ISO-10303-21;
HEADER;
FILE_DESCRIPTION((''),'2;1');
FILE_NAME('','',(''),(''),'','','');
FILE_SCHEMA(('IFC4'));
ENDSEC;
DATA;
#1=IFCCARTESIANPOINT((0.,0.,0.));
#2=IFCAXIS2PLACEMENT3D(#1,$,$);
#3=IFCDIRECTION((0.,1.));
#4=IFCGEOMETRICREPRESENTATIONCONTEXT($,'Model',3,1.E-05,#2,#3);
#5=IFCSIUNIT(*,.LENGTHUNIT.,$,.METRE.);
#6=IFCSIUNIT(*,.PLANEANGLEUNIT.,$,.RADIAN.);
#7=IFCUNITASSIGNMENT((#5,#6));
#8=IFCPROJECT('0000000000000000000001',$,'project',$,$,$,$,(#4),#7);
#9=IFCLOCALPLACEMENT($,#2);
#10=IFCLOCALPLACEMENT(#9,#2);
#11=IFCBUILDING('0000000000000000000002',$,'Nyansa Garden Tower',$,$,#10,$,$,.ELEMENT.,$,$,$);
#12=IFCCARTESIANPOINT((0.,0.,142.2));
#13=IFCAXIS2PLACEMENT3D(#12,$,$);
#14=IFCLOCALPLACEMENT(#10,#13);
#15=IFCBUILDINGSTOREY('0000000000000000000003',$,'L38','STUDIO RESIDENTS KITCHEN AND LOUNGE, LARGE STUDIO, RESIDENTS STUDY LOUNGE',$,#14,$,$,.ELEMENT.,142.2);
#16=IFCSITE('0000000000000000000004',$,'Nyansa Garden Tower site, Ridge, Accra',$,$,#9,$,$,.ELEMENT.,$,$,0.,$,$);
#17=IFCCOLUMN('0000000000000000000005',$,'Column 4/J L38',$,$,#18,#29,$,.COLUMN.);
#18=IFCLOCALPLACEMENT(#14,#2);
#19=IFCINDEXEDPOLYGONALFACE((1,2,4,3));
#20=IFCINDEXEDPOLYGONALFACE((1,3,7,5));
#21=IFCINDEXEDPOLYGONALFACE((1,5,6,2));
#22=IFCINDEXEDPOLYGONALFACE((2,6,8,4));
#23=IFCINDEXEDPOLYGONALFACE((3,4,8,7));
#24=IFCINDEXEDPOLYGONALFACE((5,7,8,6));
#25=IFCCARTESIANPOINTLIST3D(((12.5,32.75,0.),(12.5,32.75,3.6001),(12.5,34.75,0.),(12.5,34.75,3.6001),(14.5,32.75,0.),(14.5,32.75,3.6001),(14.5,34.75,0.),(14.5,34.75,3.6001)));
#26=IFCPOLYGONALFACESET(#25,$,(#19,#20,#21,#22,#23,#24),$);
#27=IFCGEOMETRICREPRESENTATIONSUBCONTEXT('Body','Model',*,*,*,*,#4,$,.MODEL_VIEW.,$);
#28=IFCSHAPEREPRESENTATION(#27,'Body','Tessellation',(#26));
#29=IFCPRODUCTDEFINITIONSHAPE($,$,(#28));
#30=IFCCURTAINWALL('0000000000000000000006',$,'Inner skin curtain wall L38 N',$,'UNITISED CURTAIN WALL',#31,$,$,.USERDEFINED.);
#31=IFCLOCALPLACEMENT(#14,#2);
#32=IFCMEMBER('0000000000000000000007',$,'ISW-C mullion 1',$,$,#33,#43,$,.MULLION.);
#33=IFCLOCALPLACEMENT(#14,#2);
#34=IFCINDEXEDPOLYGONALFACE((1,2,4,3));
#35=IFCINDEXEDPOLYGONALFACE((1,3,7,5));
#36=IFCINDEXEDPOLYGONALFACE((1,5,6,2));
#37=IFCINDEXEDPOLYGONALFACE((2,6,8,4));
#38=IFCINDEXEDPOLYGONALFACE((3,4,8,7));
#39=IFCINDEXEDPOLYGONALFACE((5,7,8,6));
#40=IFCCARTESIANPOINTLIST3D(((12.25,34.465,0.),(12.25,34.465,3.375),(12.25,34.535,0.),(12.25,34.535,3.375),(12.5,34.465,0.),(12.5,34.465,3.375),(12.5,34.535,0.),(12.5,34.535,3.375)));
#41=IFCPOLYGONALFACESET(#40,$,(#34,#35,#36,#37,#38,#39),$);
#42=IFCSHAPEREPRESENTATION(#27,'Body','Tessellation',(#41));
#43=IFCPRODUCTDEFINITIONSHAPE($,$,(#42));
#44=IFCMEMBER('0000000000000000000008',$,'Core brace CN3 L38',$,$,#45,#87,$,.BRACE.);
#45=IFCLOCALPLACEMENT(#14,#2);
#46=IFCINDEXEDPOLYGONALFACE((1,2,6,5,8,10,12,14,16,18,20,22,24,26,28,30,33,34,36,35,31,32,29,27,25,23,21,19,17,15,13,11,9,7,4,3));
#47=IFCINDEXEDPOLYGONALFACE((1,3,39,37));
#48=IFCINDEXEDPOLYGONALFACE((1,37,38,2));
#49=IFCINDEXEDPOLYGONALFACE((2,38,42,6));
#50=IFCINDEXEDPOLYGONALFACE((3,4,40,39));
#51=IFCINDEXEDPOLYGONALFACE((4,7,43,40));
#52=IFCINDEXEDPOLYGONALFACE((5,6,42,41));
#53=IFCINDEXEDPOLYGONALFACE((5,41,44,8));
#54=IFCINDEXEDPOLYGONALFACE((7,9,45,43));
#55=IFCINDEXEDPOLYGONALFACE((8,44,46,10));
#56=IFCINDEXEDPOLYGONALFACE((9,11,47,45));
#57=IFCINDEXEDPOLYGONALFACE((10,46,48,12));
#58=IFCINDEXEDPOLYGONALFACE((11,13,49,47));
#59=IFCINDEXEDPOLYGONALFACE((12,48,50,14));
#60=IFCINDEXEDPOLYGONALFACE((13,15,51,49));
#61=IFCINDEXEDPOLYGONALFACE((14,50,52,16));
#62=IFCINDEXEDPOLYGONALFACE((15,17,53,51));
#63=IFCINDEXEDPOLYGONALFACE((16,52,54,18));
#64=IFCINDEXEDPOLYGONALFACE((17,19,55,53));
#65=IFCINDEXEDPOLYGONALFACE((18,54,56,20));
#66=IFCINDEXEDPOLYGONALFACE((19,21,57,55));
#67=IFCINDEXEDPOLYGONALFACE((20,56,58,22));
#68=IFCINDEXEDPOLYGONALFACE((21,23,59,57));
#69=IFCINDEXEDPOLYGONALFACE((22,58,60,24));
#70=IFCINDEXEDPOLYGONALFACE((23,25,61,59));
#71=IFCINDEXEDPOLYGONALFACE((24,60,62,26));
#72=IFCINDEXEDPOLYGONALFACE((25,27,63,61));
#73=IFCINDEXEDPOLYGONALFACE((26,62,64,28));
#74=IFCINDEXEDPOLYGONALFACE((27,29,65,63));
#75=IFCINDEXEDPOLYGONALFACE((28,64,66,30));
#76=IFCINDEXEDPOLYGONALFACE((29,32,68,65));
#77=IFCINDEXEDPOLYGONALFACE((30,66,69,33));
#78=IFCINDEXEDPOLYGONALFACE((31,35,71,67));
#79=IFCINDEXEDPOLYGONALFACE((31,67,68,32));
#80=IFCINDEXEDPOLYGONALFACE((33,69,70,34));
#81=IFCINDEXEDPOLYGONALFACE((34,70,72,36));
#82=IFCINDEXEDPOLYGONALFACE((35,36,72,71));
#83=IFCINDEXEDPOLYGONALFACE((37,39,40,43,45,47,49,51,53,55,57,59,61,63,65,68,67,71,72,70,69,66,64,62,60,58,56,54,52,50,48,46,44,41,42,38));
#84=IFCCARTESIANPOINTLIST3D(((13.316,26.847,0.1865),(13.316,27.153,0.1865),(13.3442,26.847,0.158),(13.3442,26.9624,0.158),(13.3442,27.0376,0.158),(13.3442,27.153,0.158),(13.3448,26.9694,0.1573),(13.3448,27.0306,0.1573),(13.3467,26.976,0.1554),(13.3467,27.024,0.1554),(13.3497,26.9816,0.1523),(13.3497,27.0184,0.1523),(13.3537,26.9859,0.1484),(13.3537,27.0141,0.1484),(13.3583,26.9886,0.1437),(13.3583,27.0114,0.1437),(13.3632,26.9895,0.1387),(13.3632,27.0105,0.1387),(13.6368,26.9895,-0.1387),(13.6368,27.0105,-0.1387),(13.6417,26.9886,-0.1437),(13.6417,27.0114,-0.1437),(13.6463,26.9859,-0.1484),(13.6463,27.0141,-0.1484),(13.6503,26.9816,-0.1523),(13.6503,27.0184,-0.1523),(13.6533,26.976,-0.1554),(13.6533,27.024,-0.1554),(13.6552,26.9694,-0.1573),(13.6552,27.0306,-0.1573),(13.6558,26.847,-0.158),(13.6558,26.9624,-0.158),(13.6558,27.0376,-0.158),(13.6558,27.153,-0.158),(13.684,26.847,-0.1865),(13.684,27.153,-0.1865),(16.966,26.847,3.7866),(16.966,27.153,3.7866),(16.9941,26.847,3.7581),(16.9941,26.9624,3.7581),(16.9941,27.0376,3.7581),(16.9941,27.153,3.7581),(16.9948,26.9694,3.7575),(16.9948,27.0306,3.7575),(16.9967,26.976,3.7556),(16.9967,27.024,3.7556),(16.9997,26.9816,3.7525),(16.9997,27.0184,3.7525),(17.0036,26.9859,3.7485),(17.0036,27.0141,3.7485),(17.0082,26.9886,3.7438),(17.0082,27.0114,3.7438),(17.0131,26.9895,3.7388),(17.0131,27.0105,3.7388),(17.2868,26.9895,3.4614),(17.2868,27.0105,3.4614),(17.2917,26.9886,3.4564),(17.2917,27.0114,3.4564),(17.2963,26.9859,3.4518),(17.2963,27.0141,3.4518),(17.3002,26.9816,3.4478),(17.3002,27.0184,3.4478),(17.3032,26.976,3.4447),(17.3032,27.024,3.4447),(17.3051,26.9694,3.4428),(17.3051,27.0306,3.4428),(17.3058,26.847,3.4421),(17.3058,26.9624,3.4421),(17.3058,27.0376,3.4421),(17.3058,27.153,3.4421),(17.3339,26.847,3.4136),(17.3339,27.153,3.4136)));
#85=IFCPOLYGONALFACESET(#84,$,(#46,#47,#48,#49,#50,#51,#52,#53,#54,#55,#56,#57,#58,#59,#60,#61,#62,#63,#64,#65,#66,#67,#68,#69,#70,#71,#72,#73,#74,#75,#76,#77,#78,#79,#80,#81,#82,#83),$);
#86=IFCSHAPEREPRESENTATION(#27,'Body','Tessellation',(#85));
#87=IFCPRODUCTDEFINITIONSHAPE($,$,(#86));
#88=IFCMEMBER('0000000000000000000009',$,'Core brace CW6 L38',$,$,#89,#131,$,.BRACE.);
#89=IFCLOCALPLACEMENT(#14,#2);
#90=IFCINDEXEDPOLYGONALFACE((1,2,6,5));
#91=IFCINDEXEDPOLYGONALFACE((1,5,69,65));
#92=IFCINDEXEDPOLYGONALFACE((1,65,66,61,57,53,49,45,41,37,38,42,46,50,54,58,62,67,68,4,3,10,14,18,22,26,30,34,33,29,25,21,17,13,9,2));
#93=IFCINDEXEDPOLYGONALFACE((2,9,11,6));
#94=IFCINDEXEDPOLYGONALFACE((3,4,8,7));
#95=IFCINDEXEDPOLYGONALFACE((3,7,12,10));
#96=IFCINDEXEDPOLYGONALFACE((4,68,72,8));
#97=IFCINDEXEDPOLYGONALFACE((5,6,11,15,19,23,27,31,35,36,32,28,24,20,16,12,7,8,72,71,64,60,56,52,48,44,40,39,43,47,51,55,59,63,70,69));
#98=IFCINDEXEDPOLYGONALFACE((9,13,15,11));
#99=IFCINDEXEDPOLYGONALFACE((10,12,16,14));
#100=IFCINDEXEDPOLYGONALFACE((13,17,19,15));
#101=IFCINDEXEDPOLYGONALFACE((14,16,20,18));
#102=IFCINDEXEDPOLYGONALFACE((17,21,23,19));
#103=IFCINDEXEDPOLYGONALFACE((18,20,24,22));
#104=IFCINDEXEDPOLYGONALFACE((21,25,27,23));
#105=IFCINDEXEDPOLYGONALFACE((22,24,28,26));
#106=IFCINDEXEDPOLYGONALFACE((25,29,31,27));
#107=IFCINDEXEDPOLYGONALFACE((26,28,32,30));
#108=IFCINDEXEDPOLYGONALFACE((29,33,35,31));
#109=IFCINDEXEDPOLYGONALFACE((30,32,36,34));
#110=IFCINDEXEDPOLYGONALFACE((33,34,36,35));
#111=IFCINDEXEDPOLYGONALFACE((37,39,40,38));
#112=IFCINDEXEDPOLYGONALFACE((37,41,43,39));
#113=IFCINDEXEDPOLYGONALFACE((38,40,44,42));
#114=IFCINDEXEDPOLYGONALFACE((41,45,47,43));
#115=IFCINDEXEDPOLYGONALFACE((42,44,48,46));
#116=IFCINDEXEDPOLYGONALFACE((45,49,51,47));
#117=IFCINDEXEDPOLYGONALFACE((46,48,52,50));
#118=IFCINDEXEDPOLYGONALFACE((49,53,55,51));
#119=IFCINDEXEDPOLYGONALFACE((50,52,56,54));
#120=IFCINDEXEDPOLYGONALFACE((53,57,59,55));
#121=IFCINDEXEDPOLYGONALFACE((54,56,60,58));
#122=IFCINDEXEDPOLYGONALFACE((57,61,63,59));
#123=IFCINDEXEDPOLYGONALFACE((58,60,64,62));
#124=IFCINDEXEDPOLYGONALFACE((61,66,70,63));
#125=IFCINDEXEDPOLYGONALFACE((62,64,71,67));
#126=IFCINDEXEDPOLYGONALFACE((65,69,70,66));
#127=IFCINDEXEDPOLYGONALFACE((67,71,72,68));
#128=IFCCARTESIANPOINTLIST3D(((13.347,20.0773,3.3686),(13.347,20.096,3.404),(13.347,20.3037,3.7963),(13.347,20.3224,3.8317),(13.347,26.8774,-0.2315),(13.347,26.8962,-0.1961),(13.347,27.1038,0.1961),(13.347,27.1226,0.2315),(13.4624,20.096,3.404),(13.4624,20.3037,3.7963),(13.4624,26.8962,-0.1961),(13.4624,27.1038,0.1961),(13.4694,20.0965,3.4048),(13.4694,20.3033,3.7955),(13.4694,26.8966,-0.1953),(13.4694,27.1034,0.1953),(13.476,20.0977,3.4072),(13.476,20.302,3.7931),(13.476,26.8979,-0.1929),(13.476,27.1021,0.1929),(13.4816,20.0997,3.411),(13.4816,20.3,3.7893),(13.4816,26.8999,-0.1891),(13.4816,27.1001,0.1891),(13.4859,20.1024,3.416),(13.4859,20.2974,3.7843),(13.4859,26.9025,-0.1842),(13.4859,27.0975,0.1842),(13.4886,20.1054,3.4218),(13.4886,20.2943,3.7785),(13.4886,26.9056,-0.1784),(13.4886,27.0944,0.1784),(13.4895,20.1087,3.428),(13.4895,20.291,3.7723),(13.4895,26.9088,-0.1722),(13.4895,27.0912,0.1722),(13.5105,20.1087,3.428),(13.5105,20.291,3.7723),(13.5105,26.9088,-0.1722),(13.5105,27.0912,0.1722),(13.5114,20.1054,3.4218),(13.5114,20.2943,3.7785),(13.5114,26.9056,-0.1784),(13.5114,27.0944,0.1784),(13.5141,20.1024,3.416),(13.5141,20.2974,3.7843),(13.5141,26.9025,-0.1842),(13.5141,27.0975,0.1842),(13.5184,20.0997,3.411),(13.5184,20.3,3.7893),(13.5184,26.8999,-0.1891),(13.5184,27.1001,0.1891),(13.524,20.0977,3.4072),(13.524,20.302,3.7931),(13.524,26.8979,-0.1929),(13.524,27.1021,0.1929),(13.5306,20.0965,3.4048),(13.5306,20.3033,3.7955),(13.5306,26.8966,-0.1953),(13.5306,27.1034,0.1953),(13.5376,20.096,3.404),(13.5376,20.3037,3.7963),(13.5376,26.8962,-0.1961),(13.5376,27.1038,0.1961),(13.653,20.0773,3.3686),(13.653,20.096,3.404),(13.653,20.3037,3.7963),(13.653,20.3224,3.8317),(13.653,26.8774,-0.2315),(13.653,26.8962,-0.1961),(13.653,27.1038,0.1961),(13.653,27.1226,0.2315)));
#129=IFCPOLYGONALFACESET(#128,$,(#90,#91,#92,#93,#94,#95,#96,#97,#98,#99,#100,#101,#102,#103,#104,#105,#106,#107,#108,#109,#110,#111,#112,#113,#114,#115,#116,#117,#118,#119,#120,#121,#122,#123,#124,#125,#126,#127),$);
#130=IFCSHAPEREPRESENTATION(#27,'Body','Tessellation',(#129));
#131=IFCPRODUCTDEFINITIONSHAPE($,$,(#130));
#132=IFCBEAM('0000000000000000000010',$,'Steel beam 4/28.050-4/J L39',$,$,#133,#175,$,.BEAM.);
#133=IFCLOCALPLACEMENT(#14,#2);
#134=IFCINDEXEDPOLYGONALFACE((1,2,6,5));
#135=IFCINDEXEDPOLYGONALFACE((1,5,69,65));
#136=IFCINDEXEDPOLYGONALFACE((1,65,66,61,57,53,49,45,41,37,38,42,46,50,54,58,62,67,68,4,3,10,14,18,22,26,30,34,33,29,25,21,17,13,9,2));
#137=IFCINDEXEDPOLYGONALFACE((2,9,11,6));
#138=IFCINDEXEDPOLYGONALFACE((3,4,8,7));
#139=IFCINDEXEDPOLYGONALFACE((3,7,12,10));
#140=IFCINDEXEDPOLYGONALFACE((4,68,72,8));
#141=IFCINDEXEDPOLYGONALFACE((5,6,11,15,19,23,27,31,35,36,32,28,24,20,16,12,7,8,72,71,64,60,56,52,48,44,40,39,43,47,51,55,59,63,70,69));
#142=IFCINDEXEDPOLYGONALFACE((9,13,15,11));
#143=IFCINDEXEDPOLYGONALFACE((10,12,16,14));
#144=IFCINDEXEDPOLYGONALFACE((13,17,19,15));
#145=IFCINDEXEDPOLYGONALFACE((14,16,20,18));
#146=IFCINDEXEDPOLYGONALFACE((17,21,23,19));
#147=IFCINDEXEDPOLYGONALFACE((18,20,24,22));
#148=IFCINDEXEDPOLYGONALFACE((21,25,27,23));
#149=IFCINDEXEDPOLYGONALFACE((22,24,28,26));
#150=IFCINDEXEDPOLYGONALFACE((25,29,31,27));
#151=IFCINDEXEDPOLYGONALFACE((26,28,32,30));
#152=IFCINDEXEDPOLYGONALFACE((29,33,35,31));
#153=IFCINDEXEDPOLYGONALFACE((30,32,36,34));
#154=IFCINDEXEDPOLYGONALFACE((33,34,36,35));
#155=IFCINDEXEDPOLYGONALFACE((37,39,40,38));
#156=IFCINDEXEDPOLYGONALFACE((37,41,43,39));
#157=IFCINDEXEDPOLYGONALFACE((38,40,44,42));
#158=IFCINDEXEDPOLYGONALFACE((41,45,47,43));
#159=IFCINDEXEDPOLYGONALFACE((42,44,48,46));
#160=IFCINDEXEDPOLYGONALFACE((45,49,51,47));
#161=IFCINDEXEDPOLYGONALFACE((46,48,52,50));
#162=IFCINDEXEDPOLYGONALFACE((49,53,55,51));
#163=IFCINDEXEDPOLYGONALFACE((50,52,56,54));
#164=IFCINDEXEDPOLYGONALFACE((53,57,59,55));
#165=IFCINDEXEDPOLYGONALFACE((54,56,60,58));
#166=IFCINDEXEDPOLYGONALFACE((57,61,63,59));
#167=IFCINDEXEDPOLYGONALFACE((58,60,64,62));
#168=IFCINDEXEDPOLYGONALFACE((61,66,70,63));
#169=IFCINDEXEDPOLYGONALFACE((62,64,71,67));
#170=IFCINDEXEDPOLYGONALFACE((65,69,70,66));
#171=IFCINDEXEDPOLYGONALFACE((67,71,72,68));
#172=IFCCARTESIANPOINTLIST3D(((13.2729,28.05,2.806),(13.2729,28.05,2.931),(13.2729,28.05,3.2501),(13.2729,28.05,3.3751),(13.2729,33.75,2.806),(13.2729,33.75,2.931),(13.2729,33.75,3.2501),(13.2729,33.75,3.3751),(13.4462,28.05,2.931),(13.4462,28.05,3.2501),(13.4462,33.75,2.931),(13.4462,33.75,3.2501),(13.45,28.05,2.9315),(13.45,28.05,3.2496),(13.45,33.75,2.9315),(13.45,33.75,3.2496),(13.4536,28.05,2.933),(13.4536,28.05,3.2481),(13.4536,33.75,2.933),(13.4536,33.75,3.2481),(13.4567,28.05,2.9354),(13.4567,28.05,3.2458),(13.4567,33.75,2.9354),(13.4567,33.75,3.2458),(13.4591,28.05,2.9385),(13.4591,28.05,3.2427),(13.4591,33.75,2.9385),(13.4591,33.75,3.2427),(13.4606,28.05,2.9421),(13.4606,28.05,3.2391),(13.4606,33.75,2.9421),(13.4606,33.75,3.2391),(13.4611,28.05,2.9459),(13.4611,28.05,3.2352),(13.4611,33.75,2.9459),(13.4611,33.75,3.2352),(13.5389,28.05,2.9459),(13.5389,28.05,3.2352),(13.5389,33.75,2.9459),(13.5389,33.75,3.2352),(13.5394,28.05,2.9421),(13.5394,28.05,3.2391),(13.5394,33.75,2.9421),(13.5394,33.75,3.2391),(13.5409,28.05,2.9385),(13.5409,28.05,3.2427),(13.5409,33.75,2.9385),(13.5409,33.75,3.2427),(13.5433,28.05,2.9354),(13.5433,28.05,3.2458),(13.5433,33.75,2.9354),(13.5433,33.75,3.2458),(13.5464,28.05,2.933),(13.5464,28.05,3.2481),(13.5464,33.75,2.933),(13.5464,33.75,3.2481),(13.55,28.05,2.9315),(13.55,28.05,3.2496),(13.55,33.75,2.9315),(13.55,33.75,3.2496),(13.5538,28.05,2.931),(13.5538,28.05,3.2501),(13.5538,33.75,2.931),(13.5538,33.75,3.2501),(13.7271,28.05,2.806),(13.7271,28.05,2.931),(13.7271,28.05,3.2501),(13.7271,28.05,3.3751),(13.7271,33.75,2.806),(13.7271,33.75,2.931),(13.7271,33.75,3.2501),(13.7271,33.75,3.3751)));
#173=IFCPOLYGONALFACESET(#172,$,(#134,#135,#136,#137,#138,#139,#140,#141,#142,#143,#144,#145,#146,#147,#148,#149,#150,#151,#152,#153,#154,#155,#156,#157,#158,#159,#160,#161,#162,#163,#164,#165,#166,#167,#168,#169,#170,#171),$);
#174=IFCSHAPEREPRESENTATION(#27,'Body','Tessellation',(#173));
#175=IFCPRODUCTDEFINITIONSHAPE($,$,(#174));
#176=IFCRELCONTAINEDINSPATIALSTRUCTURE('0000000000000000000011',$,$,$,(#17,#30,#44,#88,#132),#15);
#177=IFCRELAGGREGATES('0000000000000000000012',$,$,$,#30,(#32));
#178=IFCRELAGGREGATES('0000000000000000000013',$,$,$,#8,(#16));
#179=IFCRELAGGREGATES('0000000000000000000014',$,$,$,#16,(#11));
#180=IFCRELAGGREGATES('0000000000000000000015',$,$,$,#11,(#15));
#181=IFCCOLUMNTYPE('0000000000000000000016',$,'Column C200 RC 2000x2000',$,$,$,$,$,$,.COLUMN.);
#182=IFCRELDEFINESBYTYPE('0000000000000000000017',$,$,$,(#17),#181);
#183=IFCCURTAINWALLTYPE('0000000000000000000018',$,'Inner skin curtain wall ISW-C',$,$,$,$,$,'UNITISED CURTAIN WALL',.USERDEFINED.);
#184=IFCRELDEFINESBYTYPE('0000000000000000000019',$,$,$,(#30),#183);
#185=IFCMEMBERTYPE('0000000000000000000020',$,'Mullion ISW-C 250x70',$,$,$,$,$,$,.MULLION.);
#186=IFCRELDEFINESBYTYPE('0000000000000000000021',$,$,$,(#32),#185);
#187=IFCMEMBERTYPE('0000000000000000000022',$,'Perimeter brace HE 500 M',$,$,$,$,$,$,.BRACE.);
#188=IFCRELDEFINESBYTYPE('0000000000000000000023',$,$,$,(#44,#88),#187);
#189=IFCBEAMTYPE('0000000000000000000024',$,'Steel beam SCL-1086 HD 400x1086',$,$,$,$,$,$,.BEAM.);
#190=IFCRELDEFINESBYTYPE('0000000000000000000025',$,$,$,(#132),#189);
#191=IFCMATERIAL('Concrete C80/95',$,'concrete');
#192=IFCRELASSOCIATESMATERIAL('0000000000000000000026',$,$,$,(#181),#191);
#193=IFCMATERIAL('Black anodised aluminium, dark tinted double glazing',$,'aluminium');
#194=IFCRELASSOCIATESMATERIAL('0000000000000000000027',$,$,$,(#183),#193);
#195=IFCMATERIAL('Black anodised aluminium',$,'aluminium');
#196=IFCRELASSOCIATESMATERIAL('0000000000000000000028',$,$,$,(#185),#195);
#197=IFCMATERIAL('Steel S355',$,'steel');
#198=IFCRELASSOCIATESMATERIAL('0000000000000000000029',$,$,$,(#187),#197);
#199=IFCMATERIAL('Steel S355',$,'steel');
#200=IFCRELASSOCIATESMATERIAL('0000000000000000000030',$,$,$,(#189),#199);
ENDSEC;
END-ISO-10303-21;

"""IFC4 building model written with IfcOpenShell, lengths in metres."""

from ifc_helpers import new_model, si_unit, direction, frame, origin, origin_2d, place, context, subcontext, project, spatial, rectangle, i_section, extrude, material, material_profile, profile_set, type_object, element, aggregate, save


model = new_model("IFC4")

# Units and contexts
model_context = context("Model", 3, precision=1e-05, world=origin(), true_north=direction((0.0, 1.0)))
body_context = subcontext(model_context, "Body", "Model", "MODEL_VIEW")
ifc_project = project(units=[si_unit("LENGTHUNIT", "METRE"), si_unit("PLANEANGLEUNIT", "RADIAN")], contexts=[model_context])

# Site, building, storey
site_placement = place(None, origin())
site = spatial("IfcSite", under=ifc_project, at=site_placement, Name="Nyansa Garden Tower site, Ridge, Accra", CompositionType="ELEMENT", RefElevation=0.0)
building_placement = place(site_placement, origin())
building = spatial("IfcBuilding", under=site, at=building_placement, Name="Nyansa Garden Tower", CompositionType="ELEMENT")
storey_placement = place(building_placement, frame((0.0, 0.0, 142.2)))
storey = spatial("IfcBuildingStorey", under=building, at=storey_placement, Name="L38", Description="STUDIO RESIDENTS KITCHEN AND LOUNGE, LARGE STUDIO, RESIDENTS STUDY LOUNGE", CompositionType="ELEMENT", Elevation=142.2)

# Column
ifc_material_1 = material(Name="Concrete C80/95", Category="concrete")
ifc_material_profile_1 = material_profile(ifc_material_1, rectangle(XDim=2.0, YDim=2.0, at=origin_2d()), Name="RC 2000x2000")
ifc_profile_set_1 = profile_set([ifc_material_profile_1], Name="Concrete C80/95")
column_type = type_object("IfcColumnType", Name="Column C200 RC 2000x2000", PredefinedType="COLUMN", material=ifc_profile_set_1)
column_placement = place(storey_placement, frame((13.5, 33.75, 0.0), z_axis=(0.0, 0.0, 1.0), x_axis=(1.0, 0.0, 0.0)))
element("IfcColumn", 1, at=column_placement, inside=storey, type_object=column_type, Name="Column 4/J L38", PredefinedType="COLUMN", context=body_context, shape_type="SweptSolid", body=[
    extrude(rectangle(XDim=2.0, YDim=2.0, at=origin_2d()), origin(), (0.0, 0.0, 1.0), 3.6001),
])

# Curtain wall, member
ifc_material_2 = material(Name="Black anodised aluminium, dark tinted double glazing", Category="aluminium")
curtain_wall_type = type_object("IfcCurtainWallType", Name="Inner skin curtain wall ISW-C", ElementType="UNITISED CURTAIN WALL", PredefinedType="USERDEFINED", material=ifc_material_2)
curtain_wall_placement = place(storey_placement, origin())
curtain_wall = element("IfcCurtainWall", 2, at=curtain_wall_placement, inside=storey, type_object=curtain_wall_type, Name="Inner skin curtain wall L38 N", ObjectType="UNITISED CURTAIN WALL", PredefinedType="USERDEFINED")
ifc_material_3 = material(Name="Black anodised aluminium", Category="aluminium")
ifc_material_profile_2 = material_profile(ifc_material_3, rectangle(XDim=0.0701, YDim=0.25, at=origin_2d()), Name="Mullion 250x70")
ifc_profile_set_2 = profile_set([ifc_material_profile_2], Name="Black anodised aluminium")
member_type_1 = type_object("IfcMemberType", Name="Mullion ISW-C 250x70", PredefinedType="MULLION", material=ifc_profile_set_2)
member_1_placement = place(storey_placement, frame((12.375, 34.5, 0.0), z_axis=(0.0, 0.0, 1.0), x_axis=(0.0, -1.0, 0.0)))
member_1 = element("IfcMember", 3, at=member_1_placement, type_object=member_type_1, Name="ISW-C mullion 1", PredefinedType="MULLION", context=body_context, shape_type="SweptSolid", body=[
    extrude(rectangle(XDim=0.0701, YDim=0.25, at=origin_2d()), origin(), (0.0, 0.0, 1.0), 3.375),
])

# Members
ifc_material_4 = material(Name="Steel S355", Category="steel")
ifc_material_profile_3 = material_profile(ifc_material_4, i_section(OverallWidth=0.3059, OverallDepth=0.5239, WebThickness=0.021, FlangeThickness=0.04, FilletRadius=0.0271, at=origin_2d()), Name="HE 500 M")
ifc_profile_set_3 = profile_set([ifc_material_profile_3], Name="Steel S355")
member_type_2 = type_object("IfcMemberType", Name="Perimeter brace HE 500 M", PredefinedType="BRACE", material=ifc_profile_set_3)
member_2_placement = place(storey_placement, frame((13.5, 27.0, 0.0), z_axis=(0.711948, 0.0, 0.702233), x_axis=(0.0, 1.0, 0.0)))
element("IfcMember", 4, at=member_2_placement, inside=storey, type_object=member_type_2, Name="Core brace CN3 L38", PredefinedType="BRACE", context=body_context, shape_type="SweptSolid", body=[
    extrude(i_section(OverallWidth=0.3059, OverallDepth=0.5239, WebThickness=0.021, FlangeThickness=0.04, FilletRadius=0.0271, at=origin_2d()), origin(), (0.0, 0.0, 1.0), 5.1267),
])
member_3_placement = place(storey_placement, frame((13.5, 27.0, 0.0), z_axis=(0.0, -0.883784, 0.467895), x_axis=(1.0, 0.0, 0.0)))
element("IfcMember", 5, at=member_3_placement, inside=storey, type_object=member_type_2, Name="Core brace CW6 L38", PredefinedType="BRACE", context=body_context, shape_type="SweptSolid", body=[
    extrude(i_section(OverallWidth=0.3059, OverallDepth=0.5239, WebThickness=0.021, FlangeThickness=0.04, FilletRadius=0.0271, at=origin_2d()), origin(), (0.0, 0.0, 1.0), 7.6943),
])

# Beam
ifc_material_5 = material(Name="Steel S355", Category="steel")
ifc_material_profile_4 = material_profile(ifc_material_5, i_section(OverallWidth=0.4541, OverallDepth=0.5691, WebThickness=0.0779, FlangeThickness=0.125, FilletRadius=0.0149, at=origin_2d()), Name="HD 400x1086")
ifc_profile_set_4 = profile_set([ifc_material_profile_4], Name="Steel S355")
beam_type_1 = type_object("IfcBeamType", Name="Steel beam SCL-1086 HD 400x1086", PredefinedType="BEAM", material=ifc_profile_set_4)
beam_1_placement = place(storey_placement, frame((13.5, 28.05, 3.0906), z_axis=(0.0, 1.0, 0.0), x_axis=(-1.0, 0.0, 0.0)))
element("IfcBeam", 6, at=beam_1_placement, inside=storey, type_object=beam_type_1, Name="Steel beam 4/28.050-4/J L39", PredefinedType="BEAM", context=body_context, shape_type="SweptSolid", body=[
    extrude(i_section(OverallWidth=0.4541, OverallDepth=0.5691, WebThickness=0.0779, FlangeThickness=0.125, FilletRadius=0.0149, at=origin_2d()), origin(), (0.0, 0.0, 1.0), 5.7),
])

aggregate(curtain_wall, [member_1])

save(model, "model.ifc")
